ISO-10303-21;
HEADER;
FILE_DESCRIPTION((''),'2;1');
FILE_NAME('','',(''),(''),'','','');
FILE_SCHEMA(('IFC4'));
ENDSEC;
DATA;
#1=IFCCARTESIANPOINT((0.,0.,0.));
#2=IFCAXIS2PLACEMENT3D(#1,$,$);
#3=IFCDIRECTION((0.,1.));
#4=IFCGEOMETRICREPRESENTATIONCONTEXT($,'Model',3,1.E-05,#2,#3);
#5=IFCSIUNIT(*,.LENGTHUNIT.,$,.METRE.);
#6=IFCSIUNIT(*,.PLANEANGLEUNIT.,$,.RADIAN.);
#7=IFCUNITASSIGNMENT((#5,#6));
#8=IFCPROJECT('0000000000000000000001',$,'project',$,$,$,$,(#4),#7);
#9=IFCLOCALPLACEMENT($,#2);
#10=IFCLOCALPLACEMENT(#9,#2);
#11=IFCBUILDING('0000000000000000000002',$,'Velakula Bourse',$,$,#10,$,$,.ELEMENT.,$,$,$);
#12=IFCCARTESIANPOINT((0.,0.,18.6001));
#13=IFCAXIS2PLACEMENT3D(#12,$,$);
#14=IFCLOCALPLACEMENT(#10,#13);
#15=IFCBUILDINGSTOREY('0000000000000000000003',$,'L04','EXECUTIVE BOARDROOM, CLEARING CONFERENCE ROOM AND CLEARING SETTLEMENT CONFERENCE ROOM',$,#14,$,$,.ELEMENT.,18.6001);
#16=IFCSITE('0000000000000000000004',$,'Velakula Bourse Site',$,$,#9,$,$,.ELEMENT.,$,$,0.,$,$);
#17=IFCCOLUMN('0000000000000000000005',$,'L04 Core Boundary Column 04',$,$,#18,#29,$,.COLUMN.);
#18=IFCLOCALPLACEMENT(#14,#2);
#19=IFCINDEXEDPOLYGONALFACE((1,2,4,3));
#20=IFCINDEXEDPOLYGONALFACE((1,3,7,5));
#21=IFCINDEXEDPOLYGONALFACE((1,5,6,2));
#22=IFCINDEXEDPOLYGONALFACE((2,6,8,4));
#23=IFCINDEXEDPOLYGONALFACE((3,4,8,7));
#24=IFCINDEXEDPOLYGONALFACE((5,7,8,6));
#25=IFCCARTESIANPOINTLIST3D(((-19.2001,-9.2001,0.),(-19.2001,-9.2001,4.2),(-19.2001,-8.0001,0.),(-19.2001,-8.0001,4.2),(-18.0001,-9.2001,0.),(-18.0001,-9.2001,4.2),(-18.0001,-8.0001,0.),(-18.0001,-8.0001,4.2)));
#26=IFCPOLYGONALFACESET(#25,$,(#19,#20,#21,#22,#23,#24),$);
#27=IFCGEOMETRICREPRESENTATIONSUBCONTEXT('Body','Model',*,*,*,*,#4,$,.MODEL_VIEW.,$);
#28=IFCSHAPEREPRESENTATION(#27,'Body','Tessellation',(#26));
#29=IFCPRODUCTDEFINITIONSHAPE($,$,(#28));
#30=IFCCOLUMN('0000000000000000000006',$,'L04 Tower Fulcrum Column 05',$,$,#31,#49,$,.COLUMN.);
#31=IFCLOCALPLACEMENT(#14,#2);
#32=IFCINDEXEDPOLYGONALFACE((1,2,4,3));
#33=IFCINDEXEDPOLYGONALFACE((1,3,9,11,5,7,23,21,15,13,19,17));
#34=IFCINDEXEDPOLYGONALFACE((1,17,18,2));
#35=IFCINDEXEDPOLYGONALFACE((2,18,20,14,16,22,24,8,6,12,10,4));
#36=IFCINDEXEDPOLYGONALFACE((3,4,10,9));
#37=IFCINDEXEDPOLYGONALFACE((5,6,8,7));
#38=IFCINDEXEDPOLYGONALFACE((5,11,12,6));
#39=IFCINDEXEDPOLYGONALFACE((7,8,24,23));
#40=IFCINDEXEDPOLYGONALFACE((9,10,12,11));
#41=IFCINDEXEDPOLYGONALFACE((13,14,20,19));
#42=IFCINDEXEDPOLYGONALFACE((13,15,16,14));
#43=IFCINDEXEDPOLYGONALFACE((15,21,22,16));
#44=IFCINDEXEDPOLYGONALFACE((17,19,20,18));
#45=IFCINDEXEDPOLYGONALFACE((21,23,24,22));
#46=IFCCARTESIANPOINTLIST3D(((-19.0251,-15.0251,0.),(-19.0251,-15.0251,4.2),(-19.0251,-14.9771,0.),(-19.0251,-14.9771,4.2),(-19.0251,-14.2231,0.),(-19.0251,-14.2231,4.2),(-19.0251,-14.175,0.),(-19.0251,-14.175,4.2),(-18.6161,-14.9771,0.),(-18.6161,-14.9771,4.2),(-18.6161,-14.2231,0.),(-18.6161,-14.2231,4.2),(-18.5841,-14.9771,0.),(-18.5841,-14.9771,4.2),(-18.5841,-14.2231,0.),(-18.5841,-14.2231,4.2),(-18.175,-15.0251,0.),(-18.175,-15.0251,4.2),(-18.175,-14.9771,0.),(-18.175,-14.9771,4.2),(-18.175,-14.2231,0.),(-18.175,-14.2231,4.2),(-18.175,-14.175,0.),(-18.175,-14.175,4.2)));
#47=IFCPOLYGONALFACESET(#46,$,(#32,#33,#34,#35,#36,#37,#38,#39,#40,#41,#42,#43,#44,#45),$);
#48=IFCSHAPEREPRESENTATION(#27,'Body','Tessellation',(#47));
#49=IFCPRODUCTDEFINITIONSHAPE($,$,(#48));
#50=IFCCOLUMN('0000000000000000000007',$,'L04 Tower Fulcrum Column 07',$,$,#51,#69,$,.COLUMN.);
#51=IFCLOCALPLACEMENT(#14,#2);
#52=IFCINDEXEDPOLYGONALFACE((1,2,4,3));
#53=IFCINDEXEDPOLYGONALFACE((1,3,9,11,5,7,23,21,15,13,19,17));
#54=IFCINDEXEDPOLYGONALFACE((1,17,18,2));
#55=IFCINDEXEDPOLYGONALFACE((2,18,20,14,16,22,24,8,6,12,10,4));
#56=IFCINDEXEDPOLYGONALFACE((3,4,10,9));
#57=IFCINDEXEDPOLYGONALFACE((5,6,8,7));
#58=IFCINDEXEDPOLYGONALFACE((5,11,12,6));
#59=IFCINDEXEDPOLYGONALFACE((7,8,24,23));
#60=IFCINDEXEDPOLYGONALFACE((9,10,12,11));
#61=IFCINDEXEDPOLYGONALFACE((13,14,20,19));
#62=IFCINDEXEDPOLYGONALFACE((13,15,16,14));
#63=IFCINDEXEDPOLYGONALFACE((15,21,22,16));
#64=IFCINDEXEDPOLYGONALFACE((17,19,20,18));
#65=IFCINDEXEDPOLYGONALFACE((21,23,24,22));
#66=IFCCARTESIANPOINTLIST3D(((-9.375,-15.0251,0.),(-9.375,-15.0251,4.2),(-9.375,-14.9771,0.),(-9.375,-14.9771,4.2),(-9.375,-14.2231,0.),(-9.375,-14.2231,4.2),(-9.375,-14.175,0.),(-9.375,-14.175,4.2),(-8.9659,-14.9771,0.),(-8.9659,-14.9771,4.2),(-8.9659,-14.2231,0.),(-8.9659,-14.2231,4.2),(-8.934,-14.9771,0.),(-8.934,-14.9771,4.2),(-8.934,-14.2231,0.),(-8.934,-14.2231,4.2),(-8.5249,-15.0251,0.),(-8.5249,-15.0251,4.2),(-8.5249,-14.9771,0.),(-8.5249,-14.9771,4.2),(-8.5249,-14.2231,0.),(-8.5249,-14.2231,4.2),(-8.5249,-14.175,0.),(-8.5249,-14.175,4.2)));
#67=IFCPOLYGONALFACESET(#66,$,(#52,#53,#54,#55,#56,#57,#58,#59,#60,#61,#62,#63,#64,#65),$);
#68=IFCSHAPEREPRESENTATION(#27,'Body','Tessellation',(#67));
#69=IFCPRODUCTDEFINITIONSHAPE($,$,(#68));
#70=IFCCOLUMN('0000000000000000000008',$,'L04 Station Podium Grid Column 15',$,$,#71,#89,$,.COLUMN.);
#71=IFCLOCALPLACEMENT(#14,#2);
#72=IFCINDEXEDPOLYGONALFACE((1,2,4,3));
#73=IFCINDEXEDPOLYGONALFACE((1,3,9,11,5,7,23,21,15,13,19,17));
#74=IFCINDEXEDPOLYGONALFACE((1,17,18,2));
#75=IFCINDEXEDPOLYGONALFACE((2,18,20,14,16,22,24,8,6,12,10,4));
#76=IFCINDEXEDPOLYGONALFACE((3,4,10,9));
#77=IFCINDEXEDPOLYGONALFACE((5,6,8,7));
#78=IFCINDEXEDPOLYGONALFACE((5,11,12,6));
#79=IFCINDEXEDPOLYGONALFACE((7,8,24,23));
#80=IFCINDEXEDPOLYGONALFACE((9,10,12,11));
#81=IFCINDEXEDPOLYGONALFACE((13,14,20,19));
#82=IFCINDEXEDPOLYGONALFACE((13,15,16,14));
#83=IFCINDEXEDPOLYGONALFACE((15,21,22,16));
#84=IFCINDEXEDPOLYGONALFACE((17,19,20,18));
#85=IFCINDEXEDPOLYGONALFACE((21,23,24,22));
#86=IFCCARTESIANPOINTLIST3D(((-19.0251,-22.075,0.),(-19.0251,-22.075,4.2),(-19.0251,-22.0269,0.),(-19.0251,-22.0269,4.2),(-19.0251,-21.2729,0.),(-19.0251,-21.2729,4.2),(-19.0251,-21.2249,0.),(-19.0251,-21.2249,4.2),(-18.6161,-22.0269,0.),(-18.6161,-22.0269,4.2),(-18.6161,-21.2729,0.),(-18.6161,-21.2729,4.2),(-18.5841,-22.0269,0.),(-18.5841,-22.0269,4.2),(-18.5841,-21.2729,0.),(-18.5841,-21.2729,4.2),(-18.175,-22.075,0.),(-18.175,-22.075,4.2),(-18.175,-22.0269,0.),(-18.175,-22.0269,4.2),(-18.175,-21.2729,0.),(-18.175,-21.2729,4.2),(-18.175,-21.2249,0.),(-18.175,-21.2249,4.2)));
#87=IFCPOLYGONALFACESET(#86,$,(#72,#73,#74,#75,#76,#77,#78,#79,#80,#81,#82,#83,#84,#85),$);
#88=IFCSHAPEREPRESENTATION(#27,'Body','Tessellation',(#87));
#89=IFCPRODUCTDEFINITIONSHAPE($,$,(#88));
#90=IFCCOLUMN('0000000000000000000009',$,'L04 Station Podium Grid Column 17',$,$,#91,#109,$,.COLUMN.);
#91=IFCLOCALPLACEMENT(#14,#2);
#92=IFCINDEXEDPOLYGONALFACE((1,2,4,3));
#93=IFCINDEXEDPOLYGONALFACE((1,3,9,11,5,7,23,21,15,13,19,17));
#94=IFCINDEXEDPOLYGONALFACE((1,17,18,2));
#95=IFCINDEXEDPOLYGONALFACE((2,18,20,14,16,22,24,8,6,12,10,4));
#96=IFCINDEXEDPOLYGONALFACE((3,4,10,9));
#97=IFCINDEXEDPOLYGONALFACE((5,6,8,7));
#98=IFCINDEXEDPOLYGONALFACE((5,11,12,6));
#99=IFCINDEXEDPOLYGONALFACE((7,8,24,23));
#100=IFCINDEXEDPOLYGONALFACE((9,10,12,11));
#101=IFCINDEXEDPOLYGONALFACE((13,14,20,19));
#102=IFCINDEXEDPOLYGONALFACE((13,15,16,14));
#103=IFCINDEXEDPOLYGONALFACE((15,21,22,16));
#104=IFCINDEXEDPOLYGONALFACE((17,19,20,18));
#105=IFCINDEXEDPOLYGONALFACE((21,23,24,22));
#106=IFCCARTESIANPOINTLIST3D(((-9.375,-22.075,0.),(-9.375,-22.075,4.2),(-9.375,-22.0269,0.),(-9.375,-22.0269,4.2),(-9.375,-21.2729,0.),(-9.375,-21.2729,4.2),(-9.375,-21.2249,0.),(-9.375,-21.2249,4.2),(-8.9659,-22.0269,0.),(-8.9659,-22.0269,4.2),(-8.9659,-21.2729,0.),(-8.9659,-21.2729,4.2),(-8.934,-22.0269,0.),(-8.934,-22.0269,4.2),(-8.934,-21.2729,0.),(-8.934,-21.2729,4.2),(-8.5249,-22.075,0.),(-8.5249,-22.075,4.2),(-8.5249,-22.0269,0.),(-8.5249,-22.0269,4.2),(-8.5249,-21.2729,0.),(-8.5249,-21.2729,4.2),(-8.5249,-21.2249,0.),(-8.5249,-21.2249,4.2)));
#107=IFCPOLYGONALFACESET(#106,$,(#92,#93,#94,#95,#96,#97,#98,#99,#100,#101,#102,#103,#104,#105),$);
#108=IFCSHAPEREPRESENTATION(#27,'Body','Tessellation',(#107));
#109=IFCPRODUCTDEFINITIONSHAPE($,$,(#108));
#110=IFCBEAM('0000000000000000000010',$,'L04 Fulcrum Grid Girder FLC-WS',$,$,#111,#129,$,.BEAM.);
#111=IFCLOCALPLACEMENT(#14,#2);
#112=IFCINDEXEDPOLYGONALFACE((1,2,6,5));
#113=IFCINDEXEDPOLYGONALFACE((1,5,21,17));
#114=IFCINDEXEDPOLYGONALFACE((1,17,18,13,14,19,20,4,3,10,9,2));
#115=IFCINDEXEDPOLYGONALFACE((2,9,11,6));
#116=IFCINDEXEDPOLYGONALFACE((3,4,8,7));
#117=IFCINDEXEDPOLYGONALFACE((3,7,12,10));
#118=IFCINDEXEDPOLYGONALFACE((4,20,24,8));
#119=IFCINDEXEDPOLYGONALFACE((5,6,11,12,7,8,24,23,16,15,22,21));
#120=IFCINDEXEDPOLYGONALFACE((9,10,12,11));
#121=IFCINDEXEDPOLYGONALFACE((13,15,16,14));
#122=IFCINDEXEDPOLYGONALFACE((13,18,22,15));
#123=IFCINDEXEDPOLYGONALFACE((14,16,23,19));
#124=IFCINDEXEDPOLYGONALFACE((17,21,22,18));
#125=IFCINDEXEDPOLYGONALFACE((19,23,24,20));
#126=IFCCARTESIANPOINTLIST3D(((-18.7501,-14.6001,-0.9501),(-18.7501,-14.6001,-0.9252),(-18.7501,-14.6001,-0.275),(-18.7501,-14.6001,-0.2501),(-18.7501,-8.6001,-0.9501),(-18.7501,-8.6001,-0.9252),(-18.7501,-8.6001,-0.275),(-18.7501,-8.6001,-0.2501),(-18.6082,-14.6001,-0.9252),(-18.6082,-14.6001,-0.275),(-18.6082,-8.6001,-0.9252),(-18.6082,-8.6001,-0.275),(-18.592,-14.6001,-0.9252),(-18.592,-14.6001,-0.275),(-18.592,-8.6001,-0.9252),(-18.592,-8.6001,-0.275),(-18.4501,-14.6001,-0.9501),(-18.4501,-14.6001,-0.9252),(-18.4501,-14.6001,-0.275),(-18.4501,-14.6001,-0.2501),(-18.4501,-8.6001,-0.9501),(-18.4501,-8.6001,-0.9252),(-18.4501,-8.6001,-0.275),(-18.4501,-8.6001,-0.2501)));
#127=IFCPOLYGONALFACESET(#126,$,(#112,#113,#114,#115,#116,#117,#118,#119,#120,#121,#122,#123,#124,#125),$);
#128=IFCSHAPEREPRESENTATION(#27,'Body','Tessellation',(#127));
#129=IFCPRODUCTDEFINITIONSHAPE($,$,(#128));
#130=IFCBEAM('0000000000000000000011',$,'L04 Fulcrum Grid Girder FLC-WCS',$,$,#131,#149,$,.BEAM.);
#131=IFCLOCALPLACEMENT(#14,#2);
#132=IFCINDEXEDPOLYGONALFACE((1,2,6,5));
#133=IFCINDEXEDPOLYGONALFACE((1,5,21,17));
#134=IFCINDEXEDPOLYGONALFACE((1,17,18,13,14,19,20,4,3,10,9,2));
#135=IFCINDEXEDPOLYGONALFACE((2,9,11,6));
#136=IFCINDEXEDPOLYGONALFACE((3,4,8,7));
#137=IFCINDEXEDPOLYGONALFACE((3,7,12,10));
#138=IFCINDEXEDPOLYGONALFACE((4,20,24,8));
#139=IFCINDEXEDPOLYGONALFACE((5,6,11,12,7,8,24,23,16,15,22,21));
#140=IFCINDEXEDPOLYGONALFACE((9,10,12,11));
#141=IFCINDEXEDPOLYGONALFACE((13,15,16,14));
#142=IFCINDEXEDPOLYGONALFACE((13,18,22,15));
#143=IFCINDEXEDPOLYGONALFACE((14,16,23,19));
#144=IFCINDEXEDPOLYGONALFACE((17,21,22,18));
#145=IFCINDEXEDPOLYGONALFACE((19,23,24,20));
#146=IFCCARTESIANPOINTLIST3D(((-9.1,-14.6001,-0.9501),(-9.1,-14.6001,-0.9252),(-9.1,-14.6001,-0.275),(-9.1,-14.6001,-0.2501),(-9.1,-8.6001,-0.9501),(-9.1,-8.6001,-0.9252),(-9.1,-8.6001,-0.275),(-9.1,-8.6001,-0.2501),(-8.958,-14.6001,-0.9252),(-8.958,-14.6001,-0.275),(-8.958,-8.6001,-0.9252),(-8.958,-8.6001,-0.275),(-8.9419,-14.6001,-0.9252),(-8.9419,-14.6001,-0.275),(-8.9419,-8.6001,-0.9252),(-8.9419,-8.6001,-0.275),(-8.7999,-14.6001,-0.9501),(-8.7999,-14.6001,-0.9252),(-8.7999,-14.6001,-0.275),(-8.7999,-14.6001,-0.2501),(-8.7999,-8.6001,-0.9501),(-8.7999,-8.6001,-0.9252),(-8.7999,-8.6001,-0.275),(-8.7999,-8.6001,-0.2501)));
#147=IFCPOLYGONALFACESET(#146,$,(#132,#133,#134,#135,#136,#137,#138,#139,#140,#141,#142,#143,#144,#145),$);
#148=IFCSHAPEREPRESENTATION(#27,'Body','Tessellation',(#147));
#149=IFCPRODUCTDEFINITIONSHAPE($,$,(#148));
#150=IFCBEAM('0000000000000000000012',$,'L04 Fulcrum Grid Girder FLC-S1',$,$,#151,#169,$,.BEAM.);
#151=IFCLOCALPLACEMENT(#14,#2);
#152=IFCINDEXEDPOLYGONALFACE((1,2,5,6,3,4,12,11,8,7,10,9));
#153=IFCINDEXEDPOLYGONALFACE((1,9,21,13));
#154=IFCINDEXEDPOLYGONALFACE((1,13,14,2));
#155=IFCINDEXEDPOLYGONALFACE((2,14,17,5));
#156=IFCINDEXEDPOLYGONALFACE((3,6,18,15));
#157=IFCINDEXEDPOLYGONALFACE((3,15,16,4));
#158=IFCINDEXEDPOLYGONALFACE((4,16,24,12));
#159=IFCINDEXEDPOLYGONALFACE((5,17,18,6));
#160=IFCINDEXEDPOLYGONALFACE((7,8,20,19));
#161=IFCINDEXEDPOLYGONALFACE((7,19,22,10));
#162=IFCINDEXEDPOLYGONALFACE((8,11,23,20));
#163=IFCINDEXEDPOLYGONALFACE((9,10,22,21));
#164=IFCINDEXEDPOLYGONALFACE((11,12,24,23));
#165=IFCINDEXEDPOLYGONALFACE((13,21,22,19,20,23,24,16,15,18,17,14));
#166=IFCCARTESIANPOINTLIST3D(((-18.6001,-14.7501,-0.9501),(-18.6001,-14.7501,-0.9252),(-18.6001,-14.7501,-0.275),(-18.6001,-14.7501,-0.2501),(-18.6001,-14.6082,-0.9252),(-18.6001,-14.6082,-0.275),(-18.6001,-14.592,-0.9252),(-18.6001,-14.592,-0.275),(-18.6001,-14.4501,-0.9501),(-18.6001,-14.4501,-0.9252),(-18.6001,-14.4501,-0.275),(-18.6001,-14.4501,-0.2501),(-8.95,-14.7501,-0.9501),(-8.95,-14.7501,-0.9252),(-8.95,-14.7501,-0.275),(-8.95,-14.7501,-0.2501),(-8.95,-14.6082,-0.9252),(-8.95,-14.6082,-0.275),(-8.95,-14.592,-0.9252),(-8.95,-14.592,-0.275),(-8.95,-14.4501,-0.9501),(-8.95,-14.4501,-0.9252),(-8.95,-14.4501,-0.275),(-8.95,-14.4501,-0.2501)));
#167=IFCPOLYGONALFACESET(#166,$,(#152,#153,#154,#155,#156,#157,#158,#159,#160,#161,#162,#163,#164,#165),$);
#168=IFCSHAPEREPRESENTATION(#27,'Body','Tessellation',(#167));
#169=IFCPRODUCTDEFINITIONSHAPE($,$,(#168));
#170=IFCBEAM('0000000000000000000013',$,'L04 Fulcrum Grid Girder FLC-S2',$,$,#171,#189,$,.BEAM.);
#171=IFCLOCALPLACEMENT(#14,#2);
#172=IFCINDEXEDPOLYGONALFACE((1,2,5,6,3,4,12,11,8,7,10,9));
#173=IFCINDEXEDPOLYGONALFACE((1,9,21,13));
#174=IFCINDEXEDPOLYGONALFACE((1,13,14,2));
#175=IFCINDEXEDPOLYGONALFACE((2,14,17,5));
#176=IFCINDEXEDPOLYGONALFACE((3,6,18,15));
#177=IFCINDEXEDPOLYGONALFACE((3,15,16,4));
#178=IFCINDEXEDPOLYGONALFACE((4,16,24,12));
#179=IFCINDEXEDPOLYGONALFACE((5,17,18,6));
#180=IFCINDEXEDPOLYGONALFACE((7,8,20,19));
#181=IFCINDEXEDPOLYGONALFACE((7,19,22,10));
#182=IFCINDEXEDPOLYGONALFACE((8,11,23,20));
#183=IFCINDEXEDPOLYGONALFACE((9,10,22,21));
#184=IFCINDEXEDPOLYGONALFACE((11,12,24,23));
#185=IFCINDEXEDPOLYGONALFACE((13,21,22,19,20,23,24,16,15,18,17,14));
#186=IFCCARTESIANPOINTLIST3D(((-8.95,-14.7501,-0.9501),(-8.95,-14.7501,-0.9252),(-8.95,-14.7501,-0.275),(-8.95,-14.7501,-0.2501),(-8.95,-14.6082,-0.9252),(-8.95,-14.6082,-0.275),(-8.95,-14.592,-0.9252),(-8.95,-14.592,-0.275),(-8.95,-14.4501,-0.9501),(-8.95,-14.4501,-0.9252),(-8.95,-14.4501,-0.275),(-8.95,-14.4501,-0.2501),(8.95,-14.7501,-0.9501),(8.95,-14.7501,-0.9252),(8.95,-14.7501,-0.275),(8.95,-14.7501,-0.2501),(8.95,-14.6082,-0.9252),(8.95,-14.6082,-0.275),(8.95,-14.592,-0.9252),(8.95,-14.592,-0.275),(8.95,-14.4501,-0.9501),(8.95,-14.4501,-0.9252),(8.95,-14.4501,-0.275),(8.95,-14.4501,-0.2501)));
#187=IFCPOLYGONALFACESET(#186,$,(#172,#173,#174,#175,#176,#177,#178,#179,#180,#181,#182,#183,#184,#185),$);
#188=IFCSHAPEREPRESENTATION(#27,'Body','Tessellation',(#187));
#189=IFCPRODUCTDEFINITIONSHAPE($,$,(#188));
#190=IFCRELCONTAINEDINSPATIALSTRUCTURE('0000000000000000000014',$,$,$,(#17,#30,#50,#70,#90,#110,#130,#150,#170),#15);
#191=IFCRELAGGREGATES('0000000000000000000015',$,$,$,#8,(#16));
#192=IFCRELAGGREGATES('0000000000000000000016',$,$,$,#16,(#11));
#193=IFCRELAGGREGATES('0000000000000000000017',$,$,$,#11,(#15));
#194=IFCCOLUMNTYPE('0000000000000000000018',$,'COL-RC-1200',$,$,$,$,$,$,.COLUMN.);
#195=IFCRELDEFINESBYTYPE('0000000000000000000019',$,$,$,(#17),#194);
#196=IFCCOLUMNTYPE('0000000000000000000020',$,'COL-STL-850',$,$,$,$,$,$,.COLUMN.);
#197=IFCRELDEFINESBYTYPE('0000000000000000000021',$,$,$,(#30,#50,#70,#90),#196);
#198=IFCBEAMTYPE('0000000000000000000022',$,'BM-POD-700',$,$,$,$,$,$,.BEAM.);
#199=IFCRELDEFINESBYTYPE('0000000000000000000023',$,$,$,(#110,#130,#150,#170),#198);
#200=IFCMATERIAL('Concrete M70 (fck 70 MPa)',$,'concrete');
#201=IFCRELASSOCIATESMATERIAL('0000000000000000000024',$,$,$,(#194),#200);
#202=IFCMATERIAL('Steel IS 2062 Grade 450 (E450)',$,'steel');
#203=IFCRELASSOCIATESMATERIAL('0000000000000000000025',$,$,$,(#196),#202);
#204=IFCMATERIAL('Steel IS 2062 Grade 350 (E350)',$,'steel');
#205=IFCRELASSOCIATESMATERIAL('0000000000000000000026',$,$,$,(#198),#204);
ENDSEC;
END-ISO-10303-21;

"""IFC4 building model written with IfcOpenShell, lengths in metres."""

from ifc_helpers import new_model, si_unit, direction, frame, origin, origin_2d, place, context, subcontext, project, spatial, rectangle, i_section, extrude, material, material_profile, profile_set, type_object, element, save


model = new_model("IFC4")

# Units and contexts
model_context = context("Model", 3, precision=1e-05, world=origin(), true_north=direction((0.0, 1.0)))
body_context = subcontext(model_context, "Body", "Model", "MODEL_VIEW")
ifc_project = project(units=[si_unit("LENGTHUNIT", "METRE"), si_unit("PLANEANGLEUNIT", "RADIAN")], contexts=[model_context])

# Site, building, storey
site_placement = place(None, origin())
site = spatial("IfcSite", under=ifc_project, at=site_placement, Name="Velakula Bourse Site", CompositionType="ELEMENT", RefElevation=0.0)
building_placement = place(site_placement, origin())
building = spatial("IfcBuilding", under=site, at=building_placement, Name="Velakula Bourse", CompositionType="ELEMENT")
storey_placement = place(building_placement, frame((0.0, 0.0, 18.6001)))
storey = spatial("IfcBuildingStorey", under=building, at=storey_placement, Name="L04", Description="EXECUTIVE BOARDROOM, CLEARING CONFERENCE ROOM AND CLEARING SETTLEMENT CONFERENCE ROOM", CompositionType="ELEMENT", Elevation=18.6001)

# Columns
ifc_material_1 = material(Name="Concrete M70 (fck 70 MPa)", Category="concrete")
ifc_material_profile_1 = material_profile(ifc_material_1, rectangle(XDim=1.2, YDim=1.2, at=origin_2d()), Name="Concrete M70 (fck 70 MPa)")
ifc_profile_set_1 = profile_set([ifc_material_profile_1], Name="Concrete M70 (fck 70 MPa)")
column_type_1 = type_object("IfcColumnType", Name="COL-RC-1200", PredefinedType="COLUMN", material=ifc_profile_set_1)
column_placement = place(storey_placement, frame((-18.6001, -8.6001, 0.0), z_axis=(0.0, 0.0, 1.0), x_axis=(1.0, 0.0, 0.0)))
element("IfcColumn", 1, at=column_placement, inside=storey, type_object=column_type_1, Name="L04 Core Boundary Column 04", PredefinedType="COLUMN", context=body_context, shape_type="SweptSolid", body=[
    extrude(rectangle(XDim=1.2, YDim=1.2, at=origin_2d()), origin(), (0.0, 0.0, 1.0), 4.2),
])
ifc_material_2 = material(Name="Steel IS 2062 Grade 450 (E450)", Category="steel")
ifc_material_profile_2 = material_profile(ifc_material_2, i_section(OverallWidth=0.8501, OverallDepth=0.8501, WebThickness=0.032, FlangeThickness=0.0481, at=origin_2d()), Name="Steel IS 2062 Grade 450 (E450)")
ifc_profile_set_2 = profile_set([ifc_material_profile_2], Name="Steel IS 2062 Grade 450 (E450)")
column_type_2 = type_object("IfcColumnType", Name="COL-STL-850", PredefinedType="COLUMN", material=ifc_profile_set_2)
for number, where, z_axis, x_axis, name in (
    (2, (-18.6001, -14.6001, 0.0), (0.0, 0.0, 1.0), (1.0, 0.0, 0.0), "L04 Tower Fulcrum Column 05"),
    (3, (-8.95, -14.6001, 0.0), (0.0, 0.0, 1.0), (1.0, 0.0, 0.0), "L04 Tower Fulcrum Column 07"),
    (4, (-18.6001, -21.6499, 0.0), (0.0, 0.0, 1.0), (1.0, 0.0, 0.0), "L04 Station Podium Grid Column 15"),
    (5, (-8.95, -21.6499, 0.0), (0.0, 0.0, 1.0), (1.0, 0.0, 0.0), "L04 Station Podium Grid Column 17"),
):
    element("IfcColumn", number, at=place(storey_placement, frame(where, z_axis=z_axis, x_axis=x_axis)), inside=storey, type_object=column_type_2, Name=name, PredefinedType="COLUMN", context=body_context, shape_type="SweptSolid", body=[
        extrude(i_section(OverallWidth=0.8501, OverallDepth=0.8501, WebThickness=0.032, FlangeThickness=0.0481, at=origin_2d()), origin(), (0.0, 0.0, 1.0), 4.2),
    ])

# Beams
ifc_material_3 = material(Name="Steel IS 2062 Grade 350 (E350)", Category="steel")
ifc_material_profile_3 = material_profile(ifc_material_3, i_section(OverallWidth=0.3, OverallDepth=0.7, WebThickness=0.0161, FlangeThickness=0.0249, at=origin_2d()), Name="Steel IS 2062 Grade 350 (E350)")
ifc_profile_set_3 = profile_set([ifc_material_profile_3], Name="Steel IS 2062 Grade 350 (E350)")
beam_type_1 = type_object("IfcBeamType", Name="BM-POD-700", PredefinedType="BEAM", material=ifc_profile_set_3)
for number, where, z_axis, x_axis, name in (
    (6, (-18.6001, -14.6001, -0.6001), (0.0, 1.0, 0.0), (-1.0, 0.0, 0.0), "L04 Fulcrum Grid Girder FLC-WS"),
    (7, (-8.95, -14.6001, -0.6001), (0.0, 1.0, 0.0), (-1.0, 0.0, 0.0), "L04 Fulcrum Grid Girder FLC-WCS"),
):
    element("IfcBeam", number, at=place(storey_placement, frame(where, z_axis=z_axis, x_axis=x_axis)), inside=storey, type_object=beam_type_1, Name=name, PredefinedType="BEAM", context=body_context, shape_type="SweptSolid", body=[
        extrude(i_section(OverallWidth=0.3, OverallDepth=0.7, WebThickness=0.0161, FlangeThickness=0.0249, at=origin_2d()), origin(), (0.0, 0.0, 1.0), 6.0),
    ])
beam_1_placement = place(storey_placement, frame((-18.6001, -14.6001, -0.6001), z_axis=(1.0, 0.0, 0.0), x_axis=(0.0, 1.0, 0.0)))
element("IfcBeam", 8, at=beam_1_placement, inside=storey, type_object=beam_type_1, Name="L04 Fulcrum Grid Girder FLC-S1", PredefinedType="BEAM", context=body_context, shape_type="SweptSolid", body=[
    extrude(i_section(OverallWidth=0.3, OverallDepth=0.7, WebThickness=0.0161, FlangeThickness=0.0249, at=origin_2d()), origin(), (0.0, 0.0, 1.0), 9.6501),
])
beam_2_placement = place(storey_placement, frame((-8.95, -14.6001, -0.6001), z_axis=(1.0, 0.0, 0.0), x_axis=(0.0, 1.0, 0.0)))
element("IfcBeam", 9, at=beam_2_placement, inside=storey, type_object=beam_type_1, Name="L04 Fulcrum Grid Girder FLC-S2", PredefinedType="BEAM", context=body_context, shape_type="SweptSolid", body=[
    extrude(i_section(OverallWidth=0.3, OverallDepth=0.7, WebThickness=0.0161, FlangeThickness=0.0249, at=origin_2d()), origin(), (0.0, 0.0, 1.0), 17.8999),
])

save(model, "model.ifc")
